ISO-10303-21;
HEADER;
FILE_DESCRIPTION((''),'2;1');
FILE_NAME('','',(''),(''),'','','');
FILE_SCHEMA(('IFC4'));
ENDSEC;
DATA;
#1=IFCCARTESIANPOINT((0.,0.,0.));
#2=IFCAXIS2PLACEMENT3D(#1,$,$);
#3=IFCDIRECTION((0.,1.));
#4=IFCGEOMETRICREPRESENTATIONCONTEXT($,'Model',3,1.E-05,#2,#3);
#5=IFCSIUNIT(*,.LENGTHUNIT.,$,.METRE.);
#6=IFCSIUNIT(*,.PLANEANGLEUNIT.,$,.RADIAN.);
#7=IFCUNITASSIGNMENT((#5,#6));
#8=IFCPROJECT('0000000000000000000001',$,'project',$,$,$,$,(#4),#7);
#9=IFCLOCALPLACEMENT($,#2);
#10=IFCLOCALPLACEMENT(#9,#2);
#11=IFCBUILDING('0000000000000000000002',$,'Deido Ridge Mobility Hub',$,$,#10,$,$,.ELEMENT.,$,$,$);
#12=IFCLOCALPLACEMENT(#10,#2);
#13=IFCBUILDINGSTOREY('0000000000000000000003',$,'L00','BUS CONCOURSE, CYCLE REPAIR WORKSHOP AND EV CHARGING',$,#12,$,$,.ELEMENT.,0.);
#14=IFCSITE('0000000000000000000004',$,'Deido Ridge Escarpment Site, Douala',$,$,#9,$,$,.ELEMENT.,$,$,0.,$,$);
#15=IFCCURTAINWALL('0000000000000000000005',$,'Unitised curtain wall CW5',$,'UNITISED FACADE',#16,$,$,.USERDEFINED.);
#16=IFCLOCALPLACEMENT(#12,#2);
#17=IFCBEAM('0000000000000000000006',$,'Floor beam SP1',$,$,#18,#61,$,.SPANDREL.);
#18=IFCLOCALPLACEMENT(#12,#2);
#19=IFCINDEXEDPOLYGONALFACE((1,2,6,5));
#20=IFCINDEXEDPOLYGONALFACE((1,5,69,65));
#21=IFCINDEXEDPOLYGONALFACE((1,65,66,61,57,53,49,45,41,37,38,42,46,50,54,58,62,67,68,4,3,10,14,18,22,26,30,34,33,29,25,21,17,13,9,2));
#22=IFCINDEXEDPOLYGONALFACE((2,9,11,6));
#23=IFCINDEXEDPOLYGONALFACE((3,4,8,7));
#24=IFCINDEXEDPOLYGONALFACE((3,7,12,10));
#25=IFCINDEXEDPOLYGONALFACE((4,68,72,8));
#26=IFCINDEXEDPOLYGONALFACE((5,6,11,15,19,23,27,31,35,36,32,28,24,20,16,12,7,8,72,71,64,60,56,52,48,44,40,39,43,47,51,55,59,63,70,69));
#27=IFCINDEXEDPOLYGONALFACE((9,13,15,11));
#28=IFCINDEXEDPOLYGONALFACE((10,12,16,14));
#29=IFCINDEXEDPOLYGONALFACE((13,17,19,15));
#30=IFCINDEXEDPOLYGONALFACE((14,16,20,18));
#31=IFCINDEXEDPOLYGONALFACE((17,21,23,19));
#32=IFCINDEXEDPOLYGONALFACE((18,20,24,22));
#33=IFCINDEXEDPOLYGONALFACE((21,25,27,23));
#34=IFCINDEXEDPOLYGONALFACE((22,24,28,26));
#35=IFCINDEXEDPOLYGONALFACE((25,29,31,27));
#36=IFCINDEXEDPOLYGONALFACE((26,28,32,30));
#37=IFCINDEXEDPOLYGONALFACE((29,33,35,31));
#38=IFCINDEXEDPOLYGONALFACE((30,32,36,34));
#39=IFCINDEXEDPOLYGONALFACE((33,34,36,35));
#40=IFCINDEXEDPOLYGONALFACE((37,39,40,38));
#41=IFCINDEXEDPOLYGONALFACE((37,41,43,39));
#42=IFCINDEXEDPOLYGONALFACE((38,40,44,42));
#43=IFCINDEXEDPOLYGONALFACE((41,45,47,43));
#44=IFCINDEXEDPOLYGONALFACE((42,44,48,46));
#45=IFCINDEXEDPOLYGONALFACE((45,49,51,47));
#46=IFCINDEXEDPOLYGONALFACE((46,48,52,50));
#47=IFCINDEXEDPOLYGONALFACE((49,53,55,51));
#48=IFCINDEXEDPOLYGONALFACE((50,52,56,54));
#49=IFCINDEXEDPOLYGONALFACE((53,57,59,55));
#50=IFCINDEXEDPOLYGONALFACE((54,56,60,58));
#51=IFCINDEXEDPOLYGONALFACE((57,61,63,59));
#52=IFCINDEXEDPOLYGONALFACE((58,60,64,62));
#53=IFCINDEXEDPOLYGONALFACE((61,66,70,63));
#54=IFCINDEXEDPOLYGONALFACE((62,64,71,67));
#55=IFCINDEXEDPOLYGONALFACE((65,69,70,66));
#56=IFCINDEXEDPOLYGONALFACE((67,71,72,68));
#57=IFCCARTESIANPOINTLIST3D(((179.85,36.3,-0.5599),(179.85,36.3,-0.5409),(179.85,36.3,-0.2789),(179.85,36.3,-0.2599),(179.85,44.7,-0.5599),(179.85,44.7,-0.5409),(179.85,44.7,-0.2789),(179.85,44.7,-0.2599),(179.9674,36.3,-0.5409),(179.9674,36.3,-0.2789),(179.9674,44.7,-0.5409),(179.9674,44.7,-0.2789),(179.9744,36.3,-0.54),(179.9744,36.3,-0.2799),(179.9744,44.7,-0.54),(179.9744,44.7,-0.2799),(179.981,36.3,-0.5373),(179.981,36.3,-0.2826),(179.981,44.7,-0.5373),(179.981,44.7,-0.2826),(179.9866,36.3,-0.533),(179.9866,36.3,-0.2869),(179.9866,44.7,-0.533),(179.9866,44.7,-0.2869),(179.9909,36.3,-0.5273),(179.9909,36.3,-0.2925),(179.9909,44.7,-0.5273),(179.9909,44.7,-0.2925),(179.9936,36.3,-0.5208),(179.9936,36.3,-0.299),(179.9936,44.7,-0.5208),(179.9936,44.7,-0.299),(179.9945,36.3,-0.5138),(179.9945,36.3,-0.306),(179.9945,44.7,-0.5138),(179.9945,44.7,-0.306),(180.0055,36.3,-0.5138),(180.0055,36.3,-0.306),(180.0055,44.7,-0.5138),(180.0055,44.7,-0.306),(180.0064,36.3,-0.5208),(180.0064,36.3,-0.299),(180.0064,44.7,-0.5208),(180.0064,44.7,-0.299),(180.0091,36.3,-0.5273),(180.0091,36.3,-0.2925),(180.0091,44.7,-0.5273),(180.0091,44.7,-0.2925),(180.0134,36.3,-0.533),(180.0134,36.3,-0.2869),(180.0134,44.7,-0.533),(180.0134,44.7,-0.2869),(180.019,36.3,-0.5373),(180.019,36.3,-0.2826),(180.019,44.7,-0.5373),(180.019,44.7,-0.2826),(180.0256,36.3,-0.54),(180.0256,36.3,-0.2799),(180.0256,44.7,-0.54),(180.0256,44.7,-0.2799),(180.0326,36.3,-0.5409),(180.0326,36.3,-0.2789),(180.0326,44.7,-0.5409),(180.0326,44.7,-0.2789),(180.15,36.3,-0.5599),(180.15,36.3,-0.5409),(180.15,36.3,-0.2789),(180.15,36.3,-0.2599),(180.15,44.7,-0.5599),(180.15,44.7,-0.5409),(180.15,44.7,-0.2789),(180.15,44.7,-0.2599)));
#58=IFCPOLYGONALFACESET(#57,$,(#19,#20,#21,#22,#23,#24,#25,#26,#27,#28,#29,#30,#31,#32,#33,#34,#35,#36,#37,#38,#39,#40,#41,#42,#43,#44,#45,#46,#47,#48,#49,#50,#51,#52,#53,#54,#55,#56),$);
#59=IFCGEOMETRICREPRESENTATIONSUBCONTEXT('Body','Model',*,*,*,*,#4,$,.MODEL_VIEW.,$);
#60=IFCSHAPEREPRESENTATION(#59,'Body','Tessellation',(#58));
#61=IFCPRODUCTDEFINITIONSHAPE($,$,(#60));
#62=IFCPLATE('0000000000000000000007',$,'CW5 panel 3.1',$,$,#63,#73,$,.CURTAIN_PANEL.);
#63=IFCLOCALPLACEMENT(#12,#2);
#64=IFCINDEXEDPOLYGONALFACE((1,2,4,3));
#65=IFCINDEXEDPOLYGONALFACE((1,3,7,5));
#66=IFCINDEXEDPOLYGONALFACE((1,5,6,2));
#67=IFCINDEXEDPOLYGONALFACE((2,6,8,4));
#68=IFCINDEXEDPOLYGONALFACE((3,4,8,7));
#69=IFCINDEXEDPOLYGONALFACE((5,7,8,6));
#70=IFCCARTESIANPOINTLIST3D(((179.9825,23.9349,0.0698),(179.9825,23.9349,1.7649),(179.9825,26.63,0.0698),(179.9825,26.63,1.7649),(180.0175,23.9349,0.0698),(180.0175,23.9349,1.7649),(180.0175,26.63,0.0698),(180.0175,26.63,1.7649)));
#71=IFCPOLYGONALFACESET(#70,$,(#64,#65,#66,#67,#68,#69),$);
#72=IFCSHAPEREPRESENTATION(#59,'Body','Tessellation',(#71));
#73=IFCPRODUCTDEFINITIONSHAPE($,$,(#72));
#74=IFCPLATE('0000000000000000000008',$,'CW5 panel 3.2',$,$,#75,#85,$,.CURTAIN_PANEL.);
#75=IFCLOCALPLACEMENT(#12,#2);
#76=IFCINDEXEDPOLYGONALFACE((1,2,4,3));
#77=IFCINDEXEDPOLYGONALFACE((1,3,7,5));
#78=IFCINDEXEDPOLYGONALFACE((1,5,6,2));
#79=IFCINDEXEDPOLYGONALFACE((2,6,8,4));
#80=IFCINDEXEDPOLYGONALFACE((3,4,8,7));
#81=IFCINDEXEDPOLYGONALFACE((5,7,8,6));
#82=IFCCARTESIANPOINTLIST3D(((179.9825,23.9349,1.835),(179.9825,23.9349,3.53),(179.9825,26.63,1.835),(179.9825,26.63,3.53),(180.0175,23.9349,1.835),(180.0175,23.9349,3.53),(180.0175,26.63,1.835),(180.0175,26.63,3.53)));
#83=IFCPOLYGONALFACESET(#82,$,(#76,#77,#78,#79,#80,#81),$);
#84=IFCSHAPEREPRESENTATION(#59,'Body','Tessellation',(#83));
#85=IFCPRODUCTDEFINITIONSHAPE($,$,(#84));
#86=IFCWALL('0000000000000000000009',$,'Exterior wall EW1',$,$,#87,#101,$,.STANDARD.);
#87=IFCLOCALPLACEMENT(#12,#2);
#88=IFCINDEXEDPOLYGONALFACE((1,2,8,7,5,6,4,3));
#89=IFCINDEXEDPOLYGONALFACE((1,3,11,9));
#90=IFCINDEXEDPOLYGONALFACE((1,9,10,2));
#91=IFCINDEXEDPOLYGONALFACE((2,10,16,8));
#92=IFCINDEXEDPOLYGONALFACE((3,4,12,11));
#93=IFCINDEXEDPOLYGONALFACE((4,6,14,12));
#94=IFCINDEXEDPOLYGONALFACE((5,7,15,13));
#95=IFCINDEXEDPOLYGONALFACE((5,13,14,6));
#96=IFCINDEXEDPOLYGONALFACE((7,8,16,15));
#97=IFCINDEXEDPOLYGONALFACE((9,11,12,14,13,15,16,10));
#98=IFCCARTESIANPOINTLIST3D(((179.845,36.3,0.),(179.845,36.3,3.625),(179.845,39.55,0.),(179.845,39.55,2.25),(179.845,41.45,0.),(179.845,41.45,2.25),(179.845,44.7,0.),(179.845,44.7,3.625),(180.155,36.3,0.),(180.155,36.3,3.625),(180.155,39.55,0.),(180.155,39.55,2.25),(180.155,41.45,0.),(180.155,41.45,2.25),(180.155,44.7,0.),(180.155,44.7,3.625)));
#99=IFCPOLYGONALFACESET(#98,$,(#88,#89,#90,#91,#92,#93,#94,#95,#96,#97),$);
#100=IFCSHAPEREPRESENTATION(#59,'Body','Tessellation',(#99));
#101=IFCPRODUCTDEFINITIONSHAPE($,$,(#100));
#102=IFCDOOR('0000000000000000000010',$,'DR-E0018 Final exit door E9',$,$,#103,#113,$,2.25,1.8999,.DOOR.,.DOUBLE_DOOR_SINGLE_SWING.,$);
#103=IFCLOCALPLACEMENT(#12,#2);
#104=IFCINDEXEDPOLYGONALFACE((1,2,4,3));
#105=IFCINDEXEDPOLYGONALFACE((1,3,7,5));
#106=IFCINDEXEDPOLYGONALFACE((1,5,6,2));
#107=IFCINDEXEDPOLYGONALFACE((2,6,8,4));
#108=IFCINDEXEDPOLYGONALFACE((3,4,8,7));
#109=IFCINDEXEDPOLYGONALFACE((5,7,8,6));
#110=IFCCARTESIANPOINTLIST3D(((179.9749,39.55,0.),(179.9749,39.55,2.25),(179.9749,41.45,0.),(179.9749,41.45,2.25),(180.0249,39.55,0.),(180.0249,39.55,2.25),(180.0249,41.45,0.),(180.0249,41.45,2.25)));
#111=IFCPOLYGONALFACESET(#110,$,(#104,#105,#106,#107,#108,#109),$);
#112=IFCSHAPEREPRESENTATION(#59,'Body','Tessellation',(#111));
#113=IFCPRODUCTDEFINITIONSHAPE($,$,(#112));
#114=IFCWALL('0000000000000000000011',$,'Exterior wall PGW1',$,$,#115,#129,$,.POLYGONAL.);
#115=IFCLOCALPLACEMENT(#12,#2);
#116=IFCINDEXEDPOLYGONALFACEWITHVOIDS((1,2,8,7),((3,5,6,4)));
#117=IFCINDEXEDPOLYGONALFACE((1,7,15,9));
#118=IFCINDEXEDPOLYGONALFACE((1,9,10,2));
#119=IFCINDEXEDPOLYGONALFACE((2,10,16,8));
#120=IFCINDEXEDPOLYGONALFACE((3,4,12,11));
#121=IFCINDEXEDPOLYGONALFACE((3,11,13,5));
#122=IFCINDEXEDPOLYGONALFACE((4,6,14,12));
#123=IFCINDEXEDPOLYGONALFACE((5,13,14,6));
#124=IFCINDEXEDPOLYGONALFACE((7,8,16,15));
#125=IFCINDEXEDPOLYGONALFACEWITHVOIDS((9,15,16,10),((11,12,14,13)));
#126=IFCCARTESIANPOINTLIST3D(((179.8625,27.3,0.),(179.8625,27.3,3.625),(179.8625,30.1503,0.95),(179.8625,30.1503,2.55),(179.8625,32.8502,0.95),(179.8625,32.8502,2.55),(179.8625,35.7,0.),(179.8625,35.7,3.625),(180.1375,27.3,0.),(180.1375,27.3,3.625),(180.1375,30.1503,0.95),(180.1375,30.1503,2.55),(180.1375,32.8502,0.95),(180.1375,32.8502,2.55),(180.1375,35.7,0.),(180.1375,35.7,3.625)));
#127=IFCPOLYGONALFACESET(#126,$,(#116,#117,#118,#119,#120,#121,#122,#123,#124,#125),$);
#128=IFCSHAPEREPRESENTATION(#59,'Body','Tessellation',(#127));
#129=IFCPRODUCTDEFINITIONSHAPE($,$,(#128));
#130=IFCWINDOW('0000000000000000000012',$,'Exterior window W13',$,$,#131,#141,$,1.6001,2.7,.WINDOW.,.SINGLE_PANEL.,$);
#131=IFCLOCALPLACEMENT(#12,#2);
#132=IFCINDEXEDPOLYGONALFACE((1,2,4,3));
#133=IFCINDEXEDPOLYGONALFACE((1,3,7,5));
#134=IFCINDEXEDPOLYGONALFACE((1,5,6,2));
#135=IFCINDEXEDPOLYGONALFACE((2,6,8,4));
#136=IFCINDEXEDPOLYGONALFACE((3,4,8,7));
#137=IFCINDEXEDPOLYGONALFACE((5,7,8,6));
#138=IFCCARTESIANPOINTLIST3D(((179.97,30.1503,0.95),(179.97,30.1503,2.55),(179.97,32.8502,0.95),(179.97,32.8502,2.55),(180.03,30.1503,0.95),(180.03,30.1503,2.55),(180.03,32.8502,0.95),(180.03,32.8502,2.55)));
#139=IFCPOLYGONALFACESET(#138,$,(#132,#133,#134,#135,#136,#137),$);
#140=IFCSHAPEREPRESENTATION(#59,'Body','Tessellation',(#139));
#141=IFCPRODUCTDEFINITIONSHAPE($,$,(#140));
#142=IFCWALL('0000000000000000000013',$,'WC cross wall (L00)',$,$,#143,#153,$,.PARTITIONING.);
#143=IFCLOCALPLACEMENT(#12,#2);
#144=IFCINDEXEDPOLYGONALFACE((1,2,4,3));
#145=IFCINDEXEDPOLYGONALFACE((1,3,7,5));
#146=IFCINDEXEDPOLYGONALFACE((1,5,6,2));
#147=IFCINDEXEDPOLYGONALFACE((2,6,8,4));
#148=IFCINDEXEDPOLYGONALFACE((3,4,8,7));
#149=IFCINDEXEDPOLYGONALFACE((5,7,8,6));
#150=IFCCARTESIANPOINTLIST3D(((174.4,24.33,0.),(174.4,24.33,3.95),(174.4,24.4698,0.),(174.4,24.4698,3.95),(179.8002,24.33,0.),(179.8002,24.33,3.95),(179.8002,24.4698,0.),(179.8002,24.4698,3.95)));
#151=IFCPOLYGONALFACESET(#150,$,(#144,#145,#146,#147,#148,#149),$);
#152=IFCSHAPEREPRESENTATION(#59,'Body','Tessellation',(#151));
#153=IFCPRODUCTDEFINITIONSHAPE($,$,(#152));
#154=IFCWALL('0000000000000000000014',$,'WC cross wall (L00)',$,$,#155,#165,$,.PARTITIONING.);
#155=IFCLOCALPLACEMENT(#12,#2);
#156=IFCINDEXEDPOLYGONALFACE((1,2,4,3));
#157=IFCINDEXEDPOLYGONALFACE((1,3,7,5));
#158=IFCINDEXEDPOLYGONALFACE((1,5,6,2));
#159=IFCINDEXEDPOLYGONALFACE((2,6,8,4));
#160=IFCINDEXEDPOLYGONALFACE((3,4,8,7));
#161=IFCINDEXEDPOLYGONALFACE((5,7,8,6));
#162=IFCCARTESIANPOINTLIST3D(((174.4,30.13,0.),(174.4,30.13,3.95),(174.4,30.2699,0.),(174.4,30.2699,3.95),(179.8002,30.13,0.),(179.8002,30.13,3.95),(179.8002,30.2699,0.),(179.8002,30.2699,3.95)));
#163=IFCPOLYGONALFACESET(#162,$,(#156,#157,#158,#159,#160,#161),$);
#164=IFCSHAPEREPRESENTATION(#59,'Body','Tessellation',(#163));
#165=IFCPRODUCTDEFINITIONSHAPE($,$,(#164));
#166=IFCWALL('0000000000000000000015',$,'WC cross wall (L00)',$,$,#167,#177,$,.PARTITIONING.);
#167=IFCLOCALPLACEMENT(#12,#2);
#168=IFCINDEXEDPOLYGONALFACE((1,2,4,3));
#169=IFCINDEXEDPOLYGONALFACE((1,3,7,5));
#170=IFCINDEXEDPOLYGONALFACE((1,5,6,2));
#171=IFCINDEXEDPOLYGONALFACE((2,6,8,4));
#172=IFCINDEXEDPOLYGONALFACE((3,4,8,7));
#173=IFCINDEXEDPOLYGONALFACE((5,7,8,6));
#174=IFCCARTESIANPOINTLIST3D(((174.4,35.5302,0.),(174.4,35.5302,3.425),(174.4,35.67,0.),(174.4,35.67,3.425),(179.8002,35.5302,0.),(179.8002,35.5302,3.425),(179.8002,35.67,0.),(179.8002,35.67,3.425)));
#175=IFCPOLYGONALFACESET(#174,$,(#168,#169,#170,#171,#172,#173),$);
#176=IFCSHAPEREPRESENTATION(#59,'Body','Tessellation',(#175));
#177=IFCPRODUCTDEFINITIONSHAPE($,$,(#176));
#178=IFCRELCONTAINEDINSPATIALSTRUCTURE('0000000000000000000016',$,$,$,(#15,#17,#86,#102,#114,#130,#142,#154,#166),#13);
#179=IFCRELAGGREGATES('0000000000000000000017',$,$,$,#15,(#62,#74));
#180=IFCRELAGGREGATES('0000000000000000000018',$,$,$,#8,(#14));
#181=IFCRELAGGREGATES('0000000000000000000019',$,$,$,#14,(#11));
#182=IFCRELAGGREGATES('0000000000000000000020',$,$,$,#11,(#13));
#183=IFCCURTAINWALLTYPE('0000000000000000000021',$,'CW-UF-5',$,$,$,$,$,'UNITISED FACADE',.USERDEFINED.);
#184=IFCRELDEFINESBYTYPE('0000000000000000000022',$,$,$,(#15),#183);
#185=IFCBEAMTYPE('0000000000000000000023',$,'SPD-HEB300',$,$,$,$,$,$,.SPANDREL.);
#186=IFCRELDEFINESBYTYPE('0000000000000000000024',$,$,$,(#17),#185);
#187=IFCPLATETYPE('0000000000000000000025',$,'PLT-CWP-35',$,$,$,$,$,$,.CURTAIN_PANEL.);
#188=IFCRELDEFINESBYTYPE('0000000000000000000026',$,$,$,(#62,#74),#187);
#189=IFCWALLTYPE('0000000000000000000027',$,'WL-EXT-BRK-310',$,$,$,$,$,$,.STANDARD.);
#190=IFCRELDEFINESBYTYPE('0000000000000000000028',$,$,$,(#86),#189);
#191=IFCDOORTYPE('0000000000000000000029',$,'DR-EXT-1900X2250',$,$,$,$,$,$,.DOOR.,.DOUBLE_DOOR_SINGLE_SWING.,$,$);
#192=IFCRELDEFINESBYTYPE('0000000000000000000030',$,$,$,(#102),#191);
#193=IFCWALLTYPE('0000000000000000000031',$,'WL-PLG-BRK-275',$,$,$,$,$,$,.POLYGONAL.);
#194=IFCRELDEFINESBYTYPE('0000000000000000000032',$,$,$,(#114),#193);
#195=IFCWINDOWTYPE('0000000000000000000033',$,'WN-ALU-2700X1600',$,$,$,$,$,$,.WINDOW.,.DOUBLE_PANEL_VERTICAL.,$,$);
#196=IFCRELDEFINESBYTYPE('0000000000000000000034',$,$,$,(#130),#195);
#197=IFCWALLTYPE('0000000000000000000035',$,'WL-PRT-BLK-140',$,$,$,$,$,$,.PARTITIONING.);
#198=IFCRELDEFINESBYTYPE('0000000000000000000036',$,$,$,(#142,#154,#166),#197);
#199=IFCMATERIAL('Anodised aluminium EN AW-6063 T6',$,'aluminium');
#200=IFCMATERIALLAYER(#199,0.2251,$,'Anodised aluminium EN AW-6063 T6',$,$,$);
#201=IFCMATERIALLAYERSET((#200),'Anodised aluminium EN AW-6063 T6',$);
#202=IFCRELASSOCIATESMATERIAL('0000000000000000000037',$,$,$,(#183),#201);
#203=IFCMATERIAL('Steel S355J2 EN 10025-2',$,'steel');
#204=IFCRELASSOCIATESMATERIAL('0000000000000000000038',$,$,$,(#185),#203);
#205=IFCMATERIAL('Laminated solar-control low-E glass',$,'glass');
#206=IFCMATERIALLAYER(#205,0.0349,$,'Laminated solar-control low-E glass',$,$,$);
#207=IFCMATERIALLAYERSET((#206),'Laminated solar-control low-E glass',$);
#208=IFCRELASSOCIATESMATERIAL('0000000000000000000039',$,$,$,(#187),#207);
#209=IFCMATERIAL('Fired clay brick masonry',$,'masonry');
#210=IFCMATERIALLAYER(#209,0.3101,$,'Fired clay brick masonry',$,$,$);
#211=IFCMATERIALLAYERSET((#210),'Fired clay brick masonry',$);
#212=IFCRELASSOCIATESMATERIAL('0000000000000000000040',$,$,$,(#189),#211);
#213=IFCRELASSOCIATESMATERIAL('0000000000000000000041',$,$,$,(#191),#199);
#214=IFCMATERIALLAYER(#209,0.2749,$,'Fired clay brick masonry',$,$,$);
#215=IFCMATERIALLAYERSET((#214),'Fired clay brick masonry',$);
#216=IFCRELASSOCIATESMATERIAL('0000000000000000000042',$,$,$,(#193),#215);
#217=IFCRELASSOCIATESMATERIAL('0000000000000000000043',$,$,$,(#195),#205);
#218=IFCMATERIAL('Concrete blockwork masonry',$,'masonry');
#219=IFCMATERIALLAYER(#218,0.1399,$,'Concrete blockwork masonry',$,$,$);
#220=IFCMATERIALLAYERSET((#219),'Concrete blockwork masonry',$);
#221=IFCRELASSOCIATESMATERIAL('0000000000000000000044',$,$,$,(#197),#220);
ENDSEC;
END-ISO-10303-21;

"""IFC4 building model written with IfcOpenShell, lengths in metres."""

from ifc_helpers import new_model, si_unit, direction, frame, frame_2d, origin, origin_2d, place, context, subcontext, project, spatial, rectangle, i_section, extrude, material, layer, layer_set, material_profile, profile_set, type_object, element, fill, aggregate, save


model = new_model("IFC4")

# Units and contexts
model_context = context("Model", 3, precision=1e-05, world=origin(), true_north=direction((0.0, 1.0)))
body_context = subcontext(model_context, "Body", "Model", "MODEL_VIEW")
ifc_project = project(units=[si_unit("LENGTHUNIT", "METRE"), si_unit("PLANEANGLEUNIT", "RADIAN")], contexts=[model_context])

# Site, building, storey
site_placement = place(None, origin())
site = spatial("IfcSite", under=ifc_project, at=site_placement, Name="Deido Ridge Escarpment Site, Douala", CompositionType="ELEMENT", RefElevation=0.0)
building_placement = place(site_placement, origin())
building = spatial("IfcBuilding", under=site, at=building_placement, Name="Deido Ridge Mobility Hub", CompositionType="ELEMENT")
storey_placement = place(building_placement, origin())
storey = spatial("IfcBuildingStorey", under=building, at=storey_placement, Name="L00", Description="BUS CONCOURSE, CYCLE REPAIR WORKSHOP AND EV CHARGING", CompositionType="ELEMENT", Elevation=0.0)

# Shared definitions
ifc_material_1 = material(Name="Steel S355J2 EN 10025-2", Category="steel")

# Curtain wall
ifc_material_2 = material(Name="Anodised aluminium EN AW-6063 T6", Category="aluminium")
ifc_layer_1 = layer(ifc_material_2, 0.2251, Name="Anodised aluminium EN AW-6063 T6")
ifc_layer_set_1 = layer_set([ifc_layer_1], Name="Anodised aluminium EN AW-6063 T6")
curtain_wall_type = type_object("IfcCurtainWallType", Name="CW-UF-5", ElementType="UNITISED FACADE", PredefinedType="USERDEFINED", material=ifc_layer_set_1)
curtain_wall_placement = place(storey_placement, origin())
curtain_wall = element("IfcCurtainWall", 1, at=curtain_wall_placement, inside=storey, type_object=curtain_wall_type, Name="Unitised curtain wall CW5", ObjectType="UNITISED FACADE", PredefinedType="USERDEFINED")

# Beam
ifc_material_profile_1 = material_profile(ifc_material_1, i_section(OverallWidth=0.3, OverallDepth=0.3, WebThickness=0.011, FlangeThickness=0.019, FilletRadius=0.0271, at=origin_2d()), Name="HEB 300")
ifc_profile_set_1 = profile_set([ifc_material_profile_1], Name="Steel S355J2 EN 10025-2")
beam_type_1 = type_object("IfcBeamType", Name="SPD-HEB300", PredefinedType="SPANDREL", material=ifc_profile_set_1)
for number, where, z_axis, x_axis, name in (
    (2, (180.0, 36.3, -0.4099), (0.0, 1.0, 0.0), (-1.0, 0.0, 0.0), "Floor beam SP1"),
):
    element("IfcBeam", number, at=place(storey_placement, frame(where, z_axis=z_axis, x_axis=x_axis)), inside=storey, type_object=beam_type_1, Name=name, PredefinedType="SPANDREL", context=body_context, shape_type="SweptSolid", body=[
        extrude(i_section(OverallWidth=0.3, OverallDepth=0.3, WebThickness=0.011, FlangeThickness=0.019, FilletRadius=0.0271, at=origin_2d()), origin(), (0.0, 0.0, 1.0), 8.3999),
    ])

# Plates
ifc_material_3 = material(Name="Laminated solar-control low-E glass", Category="glass")
ifc_layer_2 = layer(ifc_material_3, 0.0349, Name="Laminated solar-control low-E glass")
ifc_layer_set_2 = layer_set([ifc_layer_2], Name="Laminated solar-control low-E glass")
plate_type = type_object("IfcPlateType", Name="PLT-CWP-35", PredefinedType="CURTAIN_PANEL", material=ifc_layer_set_2)
plate_1_placement = place(storey_placement, frame((180.0, 25.2825, 0.0698), z_axis=(0.0, 0.0, 1.0), x_axis=(0.0, 1.0, 0.0)))
plate_1 = element("IfcPlate", 3, at=plate_1_placement, type_object=plate_type, Name="CW5 panel 3.1", PredefinedType="CURTAIN_PANEL", context=body_context, shape_type="SweptSolid", body=[
    extrude(rectangle(XDim=2.6951, YDim=0.0349, at=origin_2d()), origin(), (0.0, 0.0, 1.0), 1.6951),
])
plate_2_placement = place(storey_placement, frame((180.0, 25.2825, 1.835), z_axis=(0.0, 0.0, 1.0), x_axis=(0.0, 1.0, 0.0)))
plate_2 = element("IfcPlate", 4, at=plate_2_placement, type_object=plate_type, Name="CW5 panel 3.2", PredefinedType="CURTAIN_PANEL", context=body_context, shape_type="SweptSolid", body=[
    extrude(rectangle(XDim=2.6951, YDim=0.0349, at=origin_2d()), origin(), (0.0, 0.0, 1.0), 1.6951),
])
aggregate(curtain_wall, [plate_1, plate_2])

# Wall, opening, door
ifc_material_4 = material(Name="Fired clay brick masonry", Category="masonry")
ifc_layer_3 = layer(ifc_material_4, 0.3101, Name="Fired clay brick masonry")
ifc_layer_set_3 = layer_set([ifc_layer_3], Name="Fired clay brick masonry")
wall_type_1 = type_object("IfcWallType", Name="WL-EXT-BRK-310", PredefinedType="STANDARD", material=ifc_layer_set_3)
wall_1_placement = place(storey_placement, frame((180.0, 36.3, 0.0), z_axis=(0.0, 0.0, 1.0), x_axis=(0.0, 1.0, 0.0)))
wall_1 = element("IfcWall", 5, at=wall_1_placement, inside=storey, type_object=wall_type_1, Name="Exterior wall EW1", PredefinedType="STANDARD", context=body_context, shape_type="SweptSolid", body=[
    extrude(rectangle(XDim=8.3999, YDim=0.3101, at=frame_2d((4.2, 0.0))), origin(), (0.0, 0.0, 1.0), 3.625),
])
opening_1_placement = place(wall_1_placement, frame((3.25, 0.0, 0.0)))
opening_1 = element("IfcOpeningElement", 6, at=opening_1_placement, cuts=wall_1, PredefinedType="OPENING", context=body_context, shape_type="SweptSolid", body=[
    extrude(rectangle(XDim=1.8999, YDim=2.25, at=frame_2d((0.95, 1.125))), frame((0.0, 0.165, 0.0), z_axis=(0.0, -1.0, 0.0), x_axis=(1.0, 0.0, 0.0)), (0.0, 0.0, 1.0), 0.3301),
])
door_type_1 = type_object("IfcDoorType", Name="DR-EXT-1900X2250", OperationType="DOUBLE_DOOR_SINGLE_SWING", PredefinedType="DOOR", material=ifc_material_2)
door_1_placement = place(opening_1_placement, frame((1.8999, 0.0, 0.0), z_axis=(0.0, 0.0, 1.0), x_axis=(-1.0, 0.0, 0.0)))
door_1 = element("IfcDoor", 7, at=door_1_placement, inside=storey, type_object=door_type_1, Name="DR-E0018 Final exit door E9", OperationType="DOUBLE_DOOR_SINGLE_SWING", OverallHeight=2.25, OverallWidth=1.8999, PredefinedType="DOOR", context=body_context, shape_type="SweptSolid", body=[
    extrude(rectangle(XDim=1.8999, YDim=2.25, at=frame_2d((0.95, 1.125))), frame((0.0, 0.0249, 0.0), z_axis=(0.0, -1.0, 0.0), x_axis=(1.0, 0.0, 0.0)), (0.0, 0.0, 1.0), 0.05),
])
fill(opening_1, door_1)

# Wall, opening, window
ifc_layer_4 = layer(ifc_material_4, 0.2749, Name="Fired clay brick masonry")
ifc_layer_set_4 = layer_set([ifc_layer_4], Name="Fired clay brick masonry")
wall_type_2 = type_object("IfcWallType", Name="WL-PLG-BRK-275", PredefinedType="POLYGONAL", material=ifc_layer_set_4)
wall_2_placement = place(storey_placement, frame((180.0, 27.3, 0.0), z_axis=(0.0, 0.0, 1.0), x_axis=(0.0, 1.0, 0.0)))
wall_2 = element("IfcWall", 8, at=wall_2_placement, inside=storey, type_object=wall_type_2, Name="Exterior wall PGW1", PredefinedType="POLYGONAL", context=body_context, shape_type="SweptSolid", body=[
    extrude(rectangle(XDim=8.3999, YDim=0.2749, at=frame_2d((4.2, 0.0))), origin(), (0.0, 0.0, 1.0), 3.625),
])
opening_2_placement = place(wall_2_placement, frame((2.8501, 0.0, 0.95)))
opening_2 = element("IfcOpeningElement", 9, at=opening_2_placement, cuts=wall_2, PredefinedType="OPENING", context=body_context, shape_type="SweptSolid", body=[
    extrude(rectangle(XDim=2.7, YDim=1.6001, at=frame_2d((1.3501, 0.8))), frame((0.0, 0.1475, 0.0), z_axis=(0.0, -1.0, 0.0), x_axis=(1.0, 0.0, 0.0)), (0.0, 0.0, 1.0), 0.2949),
])
window_type = type_object("IfcWindowType", Name="WN-ALU-2700X1600", PartitioningType="DOUBLE_PANEL_VERTICAL", PredefinedType="WINDOW", material=ifc_material_3)
window_placement = place(opening_2_placement, origin())
window = element("IfcWindow", 10, at=window_placement, inside=storey, type_object=window_type, Name="Exterior window W13", OverallHeight=1.6001, OverallWidth=2.7, PartitioningType="SINGLE_PANEL", PredefinedType="WINDOW", context=body_context, shape_type="SweptSolid", body=[
    extrude(rectangle(XDim=2.7, YDim=1.6001, at=frame_2d((1.3501, 0.8))), frame((0.0, 0.03, 0.0), z_axis=(0.0, -1.0, 0.0), x_axis=(1.0, 0.0, 0.0)), (0.0, 0.0, 1.0), 0.0601),
])
fill(opening_2, window)

# Walls
ifc_material_5 = material(Name="Concrete blockwork masonry", Category="masonry")
ifc_layer_5 = layer(ifc_material_5, 0.1399, Name="Concrete blockwork masonry")
ifc_layer_set_5 = layer_set([ifc_layer_5], Name="Concrete blockwork masonry")
wall_type_3 = type_object("IfcWallType", Name="WL-PRT-BLK-140", PredefinedType="PARTITIONING", material=ifc_layer_set_5)
for number, where, z_axis, x_axis, name in (
    (11, (174.3999, 24.3999, 0.0), (0.0, 0.0, 1.0), (1.0, 0.0, 0.0), "WC cross wall (L00)"),
    (12, (174.3999, 30.2, 0.0), (0.0, 0.0, 1.0), (1.0, 0.0, 0.0), "WC cross wall (L00)"),
):
    element("IfcWall", number, at=place(storey_placement, frame(where, z_axis=z_axis, x_axis=x_axis)), inside=storey, type_object=wall_type_3, Name=name, PredefinedType="PARTITIONING", context=body_context, shape_type="SweptSolid", body=[
        extrude(rectangle(XDim=5.4001, YDim=0.1399, at=frame_2d((2.7002, 0.0))), origin(), (0.0, 0.0, 1.0), 3.95),
    ])
wall_3_placement = place(storey_placement, frame((174.3999, 35.6001, 0.0), z_axis=(0.0, 0.0, 1.0), x_axis=(1.0, 0.0, 0.0)))
element("IfcWall", 13, at=wall_3_placement, inside=storey, type_object=wall_type_3, Name="WC cross wall (L00)", PredefinedType="PARTITIONING", context=body_context, shape_type="SweptSolid", body=[
    extrude(rectangle(XDim=5.4001, YDim=0.1399, at=frame_2d((2.7002, 0.0))), origin(), (0.0, 0.0, 1.0), 3.425),
])

save(model, "model.ifc")
